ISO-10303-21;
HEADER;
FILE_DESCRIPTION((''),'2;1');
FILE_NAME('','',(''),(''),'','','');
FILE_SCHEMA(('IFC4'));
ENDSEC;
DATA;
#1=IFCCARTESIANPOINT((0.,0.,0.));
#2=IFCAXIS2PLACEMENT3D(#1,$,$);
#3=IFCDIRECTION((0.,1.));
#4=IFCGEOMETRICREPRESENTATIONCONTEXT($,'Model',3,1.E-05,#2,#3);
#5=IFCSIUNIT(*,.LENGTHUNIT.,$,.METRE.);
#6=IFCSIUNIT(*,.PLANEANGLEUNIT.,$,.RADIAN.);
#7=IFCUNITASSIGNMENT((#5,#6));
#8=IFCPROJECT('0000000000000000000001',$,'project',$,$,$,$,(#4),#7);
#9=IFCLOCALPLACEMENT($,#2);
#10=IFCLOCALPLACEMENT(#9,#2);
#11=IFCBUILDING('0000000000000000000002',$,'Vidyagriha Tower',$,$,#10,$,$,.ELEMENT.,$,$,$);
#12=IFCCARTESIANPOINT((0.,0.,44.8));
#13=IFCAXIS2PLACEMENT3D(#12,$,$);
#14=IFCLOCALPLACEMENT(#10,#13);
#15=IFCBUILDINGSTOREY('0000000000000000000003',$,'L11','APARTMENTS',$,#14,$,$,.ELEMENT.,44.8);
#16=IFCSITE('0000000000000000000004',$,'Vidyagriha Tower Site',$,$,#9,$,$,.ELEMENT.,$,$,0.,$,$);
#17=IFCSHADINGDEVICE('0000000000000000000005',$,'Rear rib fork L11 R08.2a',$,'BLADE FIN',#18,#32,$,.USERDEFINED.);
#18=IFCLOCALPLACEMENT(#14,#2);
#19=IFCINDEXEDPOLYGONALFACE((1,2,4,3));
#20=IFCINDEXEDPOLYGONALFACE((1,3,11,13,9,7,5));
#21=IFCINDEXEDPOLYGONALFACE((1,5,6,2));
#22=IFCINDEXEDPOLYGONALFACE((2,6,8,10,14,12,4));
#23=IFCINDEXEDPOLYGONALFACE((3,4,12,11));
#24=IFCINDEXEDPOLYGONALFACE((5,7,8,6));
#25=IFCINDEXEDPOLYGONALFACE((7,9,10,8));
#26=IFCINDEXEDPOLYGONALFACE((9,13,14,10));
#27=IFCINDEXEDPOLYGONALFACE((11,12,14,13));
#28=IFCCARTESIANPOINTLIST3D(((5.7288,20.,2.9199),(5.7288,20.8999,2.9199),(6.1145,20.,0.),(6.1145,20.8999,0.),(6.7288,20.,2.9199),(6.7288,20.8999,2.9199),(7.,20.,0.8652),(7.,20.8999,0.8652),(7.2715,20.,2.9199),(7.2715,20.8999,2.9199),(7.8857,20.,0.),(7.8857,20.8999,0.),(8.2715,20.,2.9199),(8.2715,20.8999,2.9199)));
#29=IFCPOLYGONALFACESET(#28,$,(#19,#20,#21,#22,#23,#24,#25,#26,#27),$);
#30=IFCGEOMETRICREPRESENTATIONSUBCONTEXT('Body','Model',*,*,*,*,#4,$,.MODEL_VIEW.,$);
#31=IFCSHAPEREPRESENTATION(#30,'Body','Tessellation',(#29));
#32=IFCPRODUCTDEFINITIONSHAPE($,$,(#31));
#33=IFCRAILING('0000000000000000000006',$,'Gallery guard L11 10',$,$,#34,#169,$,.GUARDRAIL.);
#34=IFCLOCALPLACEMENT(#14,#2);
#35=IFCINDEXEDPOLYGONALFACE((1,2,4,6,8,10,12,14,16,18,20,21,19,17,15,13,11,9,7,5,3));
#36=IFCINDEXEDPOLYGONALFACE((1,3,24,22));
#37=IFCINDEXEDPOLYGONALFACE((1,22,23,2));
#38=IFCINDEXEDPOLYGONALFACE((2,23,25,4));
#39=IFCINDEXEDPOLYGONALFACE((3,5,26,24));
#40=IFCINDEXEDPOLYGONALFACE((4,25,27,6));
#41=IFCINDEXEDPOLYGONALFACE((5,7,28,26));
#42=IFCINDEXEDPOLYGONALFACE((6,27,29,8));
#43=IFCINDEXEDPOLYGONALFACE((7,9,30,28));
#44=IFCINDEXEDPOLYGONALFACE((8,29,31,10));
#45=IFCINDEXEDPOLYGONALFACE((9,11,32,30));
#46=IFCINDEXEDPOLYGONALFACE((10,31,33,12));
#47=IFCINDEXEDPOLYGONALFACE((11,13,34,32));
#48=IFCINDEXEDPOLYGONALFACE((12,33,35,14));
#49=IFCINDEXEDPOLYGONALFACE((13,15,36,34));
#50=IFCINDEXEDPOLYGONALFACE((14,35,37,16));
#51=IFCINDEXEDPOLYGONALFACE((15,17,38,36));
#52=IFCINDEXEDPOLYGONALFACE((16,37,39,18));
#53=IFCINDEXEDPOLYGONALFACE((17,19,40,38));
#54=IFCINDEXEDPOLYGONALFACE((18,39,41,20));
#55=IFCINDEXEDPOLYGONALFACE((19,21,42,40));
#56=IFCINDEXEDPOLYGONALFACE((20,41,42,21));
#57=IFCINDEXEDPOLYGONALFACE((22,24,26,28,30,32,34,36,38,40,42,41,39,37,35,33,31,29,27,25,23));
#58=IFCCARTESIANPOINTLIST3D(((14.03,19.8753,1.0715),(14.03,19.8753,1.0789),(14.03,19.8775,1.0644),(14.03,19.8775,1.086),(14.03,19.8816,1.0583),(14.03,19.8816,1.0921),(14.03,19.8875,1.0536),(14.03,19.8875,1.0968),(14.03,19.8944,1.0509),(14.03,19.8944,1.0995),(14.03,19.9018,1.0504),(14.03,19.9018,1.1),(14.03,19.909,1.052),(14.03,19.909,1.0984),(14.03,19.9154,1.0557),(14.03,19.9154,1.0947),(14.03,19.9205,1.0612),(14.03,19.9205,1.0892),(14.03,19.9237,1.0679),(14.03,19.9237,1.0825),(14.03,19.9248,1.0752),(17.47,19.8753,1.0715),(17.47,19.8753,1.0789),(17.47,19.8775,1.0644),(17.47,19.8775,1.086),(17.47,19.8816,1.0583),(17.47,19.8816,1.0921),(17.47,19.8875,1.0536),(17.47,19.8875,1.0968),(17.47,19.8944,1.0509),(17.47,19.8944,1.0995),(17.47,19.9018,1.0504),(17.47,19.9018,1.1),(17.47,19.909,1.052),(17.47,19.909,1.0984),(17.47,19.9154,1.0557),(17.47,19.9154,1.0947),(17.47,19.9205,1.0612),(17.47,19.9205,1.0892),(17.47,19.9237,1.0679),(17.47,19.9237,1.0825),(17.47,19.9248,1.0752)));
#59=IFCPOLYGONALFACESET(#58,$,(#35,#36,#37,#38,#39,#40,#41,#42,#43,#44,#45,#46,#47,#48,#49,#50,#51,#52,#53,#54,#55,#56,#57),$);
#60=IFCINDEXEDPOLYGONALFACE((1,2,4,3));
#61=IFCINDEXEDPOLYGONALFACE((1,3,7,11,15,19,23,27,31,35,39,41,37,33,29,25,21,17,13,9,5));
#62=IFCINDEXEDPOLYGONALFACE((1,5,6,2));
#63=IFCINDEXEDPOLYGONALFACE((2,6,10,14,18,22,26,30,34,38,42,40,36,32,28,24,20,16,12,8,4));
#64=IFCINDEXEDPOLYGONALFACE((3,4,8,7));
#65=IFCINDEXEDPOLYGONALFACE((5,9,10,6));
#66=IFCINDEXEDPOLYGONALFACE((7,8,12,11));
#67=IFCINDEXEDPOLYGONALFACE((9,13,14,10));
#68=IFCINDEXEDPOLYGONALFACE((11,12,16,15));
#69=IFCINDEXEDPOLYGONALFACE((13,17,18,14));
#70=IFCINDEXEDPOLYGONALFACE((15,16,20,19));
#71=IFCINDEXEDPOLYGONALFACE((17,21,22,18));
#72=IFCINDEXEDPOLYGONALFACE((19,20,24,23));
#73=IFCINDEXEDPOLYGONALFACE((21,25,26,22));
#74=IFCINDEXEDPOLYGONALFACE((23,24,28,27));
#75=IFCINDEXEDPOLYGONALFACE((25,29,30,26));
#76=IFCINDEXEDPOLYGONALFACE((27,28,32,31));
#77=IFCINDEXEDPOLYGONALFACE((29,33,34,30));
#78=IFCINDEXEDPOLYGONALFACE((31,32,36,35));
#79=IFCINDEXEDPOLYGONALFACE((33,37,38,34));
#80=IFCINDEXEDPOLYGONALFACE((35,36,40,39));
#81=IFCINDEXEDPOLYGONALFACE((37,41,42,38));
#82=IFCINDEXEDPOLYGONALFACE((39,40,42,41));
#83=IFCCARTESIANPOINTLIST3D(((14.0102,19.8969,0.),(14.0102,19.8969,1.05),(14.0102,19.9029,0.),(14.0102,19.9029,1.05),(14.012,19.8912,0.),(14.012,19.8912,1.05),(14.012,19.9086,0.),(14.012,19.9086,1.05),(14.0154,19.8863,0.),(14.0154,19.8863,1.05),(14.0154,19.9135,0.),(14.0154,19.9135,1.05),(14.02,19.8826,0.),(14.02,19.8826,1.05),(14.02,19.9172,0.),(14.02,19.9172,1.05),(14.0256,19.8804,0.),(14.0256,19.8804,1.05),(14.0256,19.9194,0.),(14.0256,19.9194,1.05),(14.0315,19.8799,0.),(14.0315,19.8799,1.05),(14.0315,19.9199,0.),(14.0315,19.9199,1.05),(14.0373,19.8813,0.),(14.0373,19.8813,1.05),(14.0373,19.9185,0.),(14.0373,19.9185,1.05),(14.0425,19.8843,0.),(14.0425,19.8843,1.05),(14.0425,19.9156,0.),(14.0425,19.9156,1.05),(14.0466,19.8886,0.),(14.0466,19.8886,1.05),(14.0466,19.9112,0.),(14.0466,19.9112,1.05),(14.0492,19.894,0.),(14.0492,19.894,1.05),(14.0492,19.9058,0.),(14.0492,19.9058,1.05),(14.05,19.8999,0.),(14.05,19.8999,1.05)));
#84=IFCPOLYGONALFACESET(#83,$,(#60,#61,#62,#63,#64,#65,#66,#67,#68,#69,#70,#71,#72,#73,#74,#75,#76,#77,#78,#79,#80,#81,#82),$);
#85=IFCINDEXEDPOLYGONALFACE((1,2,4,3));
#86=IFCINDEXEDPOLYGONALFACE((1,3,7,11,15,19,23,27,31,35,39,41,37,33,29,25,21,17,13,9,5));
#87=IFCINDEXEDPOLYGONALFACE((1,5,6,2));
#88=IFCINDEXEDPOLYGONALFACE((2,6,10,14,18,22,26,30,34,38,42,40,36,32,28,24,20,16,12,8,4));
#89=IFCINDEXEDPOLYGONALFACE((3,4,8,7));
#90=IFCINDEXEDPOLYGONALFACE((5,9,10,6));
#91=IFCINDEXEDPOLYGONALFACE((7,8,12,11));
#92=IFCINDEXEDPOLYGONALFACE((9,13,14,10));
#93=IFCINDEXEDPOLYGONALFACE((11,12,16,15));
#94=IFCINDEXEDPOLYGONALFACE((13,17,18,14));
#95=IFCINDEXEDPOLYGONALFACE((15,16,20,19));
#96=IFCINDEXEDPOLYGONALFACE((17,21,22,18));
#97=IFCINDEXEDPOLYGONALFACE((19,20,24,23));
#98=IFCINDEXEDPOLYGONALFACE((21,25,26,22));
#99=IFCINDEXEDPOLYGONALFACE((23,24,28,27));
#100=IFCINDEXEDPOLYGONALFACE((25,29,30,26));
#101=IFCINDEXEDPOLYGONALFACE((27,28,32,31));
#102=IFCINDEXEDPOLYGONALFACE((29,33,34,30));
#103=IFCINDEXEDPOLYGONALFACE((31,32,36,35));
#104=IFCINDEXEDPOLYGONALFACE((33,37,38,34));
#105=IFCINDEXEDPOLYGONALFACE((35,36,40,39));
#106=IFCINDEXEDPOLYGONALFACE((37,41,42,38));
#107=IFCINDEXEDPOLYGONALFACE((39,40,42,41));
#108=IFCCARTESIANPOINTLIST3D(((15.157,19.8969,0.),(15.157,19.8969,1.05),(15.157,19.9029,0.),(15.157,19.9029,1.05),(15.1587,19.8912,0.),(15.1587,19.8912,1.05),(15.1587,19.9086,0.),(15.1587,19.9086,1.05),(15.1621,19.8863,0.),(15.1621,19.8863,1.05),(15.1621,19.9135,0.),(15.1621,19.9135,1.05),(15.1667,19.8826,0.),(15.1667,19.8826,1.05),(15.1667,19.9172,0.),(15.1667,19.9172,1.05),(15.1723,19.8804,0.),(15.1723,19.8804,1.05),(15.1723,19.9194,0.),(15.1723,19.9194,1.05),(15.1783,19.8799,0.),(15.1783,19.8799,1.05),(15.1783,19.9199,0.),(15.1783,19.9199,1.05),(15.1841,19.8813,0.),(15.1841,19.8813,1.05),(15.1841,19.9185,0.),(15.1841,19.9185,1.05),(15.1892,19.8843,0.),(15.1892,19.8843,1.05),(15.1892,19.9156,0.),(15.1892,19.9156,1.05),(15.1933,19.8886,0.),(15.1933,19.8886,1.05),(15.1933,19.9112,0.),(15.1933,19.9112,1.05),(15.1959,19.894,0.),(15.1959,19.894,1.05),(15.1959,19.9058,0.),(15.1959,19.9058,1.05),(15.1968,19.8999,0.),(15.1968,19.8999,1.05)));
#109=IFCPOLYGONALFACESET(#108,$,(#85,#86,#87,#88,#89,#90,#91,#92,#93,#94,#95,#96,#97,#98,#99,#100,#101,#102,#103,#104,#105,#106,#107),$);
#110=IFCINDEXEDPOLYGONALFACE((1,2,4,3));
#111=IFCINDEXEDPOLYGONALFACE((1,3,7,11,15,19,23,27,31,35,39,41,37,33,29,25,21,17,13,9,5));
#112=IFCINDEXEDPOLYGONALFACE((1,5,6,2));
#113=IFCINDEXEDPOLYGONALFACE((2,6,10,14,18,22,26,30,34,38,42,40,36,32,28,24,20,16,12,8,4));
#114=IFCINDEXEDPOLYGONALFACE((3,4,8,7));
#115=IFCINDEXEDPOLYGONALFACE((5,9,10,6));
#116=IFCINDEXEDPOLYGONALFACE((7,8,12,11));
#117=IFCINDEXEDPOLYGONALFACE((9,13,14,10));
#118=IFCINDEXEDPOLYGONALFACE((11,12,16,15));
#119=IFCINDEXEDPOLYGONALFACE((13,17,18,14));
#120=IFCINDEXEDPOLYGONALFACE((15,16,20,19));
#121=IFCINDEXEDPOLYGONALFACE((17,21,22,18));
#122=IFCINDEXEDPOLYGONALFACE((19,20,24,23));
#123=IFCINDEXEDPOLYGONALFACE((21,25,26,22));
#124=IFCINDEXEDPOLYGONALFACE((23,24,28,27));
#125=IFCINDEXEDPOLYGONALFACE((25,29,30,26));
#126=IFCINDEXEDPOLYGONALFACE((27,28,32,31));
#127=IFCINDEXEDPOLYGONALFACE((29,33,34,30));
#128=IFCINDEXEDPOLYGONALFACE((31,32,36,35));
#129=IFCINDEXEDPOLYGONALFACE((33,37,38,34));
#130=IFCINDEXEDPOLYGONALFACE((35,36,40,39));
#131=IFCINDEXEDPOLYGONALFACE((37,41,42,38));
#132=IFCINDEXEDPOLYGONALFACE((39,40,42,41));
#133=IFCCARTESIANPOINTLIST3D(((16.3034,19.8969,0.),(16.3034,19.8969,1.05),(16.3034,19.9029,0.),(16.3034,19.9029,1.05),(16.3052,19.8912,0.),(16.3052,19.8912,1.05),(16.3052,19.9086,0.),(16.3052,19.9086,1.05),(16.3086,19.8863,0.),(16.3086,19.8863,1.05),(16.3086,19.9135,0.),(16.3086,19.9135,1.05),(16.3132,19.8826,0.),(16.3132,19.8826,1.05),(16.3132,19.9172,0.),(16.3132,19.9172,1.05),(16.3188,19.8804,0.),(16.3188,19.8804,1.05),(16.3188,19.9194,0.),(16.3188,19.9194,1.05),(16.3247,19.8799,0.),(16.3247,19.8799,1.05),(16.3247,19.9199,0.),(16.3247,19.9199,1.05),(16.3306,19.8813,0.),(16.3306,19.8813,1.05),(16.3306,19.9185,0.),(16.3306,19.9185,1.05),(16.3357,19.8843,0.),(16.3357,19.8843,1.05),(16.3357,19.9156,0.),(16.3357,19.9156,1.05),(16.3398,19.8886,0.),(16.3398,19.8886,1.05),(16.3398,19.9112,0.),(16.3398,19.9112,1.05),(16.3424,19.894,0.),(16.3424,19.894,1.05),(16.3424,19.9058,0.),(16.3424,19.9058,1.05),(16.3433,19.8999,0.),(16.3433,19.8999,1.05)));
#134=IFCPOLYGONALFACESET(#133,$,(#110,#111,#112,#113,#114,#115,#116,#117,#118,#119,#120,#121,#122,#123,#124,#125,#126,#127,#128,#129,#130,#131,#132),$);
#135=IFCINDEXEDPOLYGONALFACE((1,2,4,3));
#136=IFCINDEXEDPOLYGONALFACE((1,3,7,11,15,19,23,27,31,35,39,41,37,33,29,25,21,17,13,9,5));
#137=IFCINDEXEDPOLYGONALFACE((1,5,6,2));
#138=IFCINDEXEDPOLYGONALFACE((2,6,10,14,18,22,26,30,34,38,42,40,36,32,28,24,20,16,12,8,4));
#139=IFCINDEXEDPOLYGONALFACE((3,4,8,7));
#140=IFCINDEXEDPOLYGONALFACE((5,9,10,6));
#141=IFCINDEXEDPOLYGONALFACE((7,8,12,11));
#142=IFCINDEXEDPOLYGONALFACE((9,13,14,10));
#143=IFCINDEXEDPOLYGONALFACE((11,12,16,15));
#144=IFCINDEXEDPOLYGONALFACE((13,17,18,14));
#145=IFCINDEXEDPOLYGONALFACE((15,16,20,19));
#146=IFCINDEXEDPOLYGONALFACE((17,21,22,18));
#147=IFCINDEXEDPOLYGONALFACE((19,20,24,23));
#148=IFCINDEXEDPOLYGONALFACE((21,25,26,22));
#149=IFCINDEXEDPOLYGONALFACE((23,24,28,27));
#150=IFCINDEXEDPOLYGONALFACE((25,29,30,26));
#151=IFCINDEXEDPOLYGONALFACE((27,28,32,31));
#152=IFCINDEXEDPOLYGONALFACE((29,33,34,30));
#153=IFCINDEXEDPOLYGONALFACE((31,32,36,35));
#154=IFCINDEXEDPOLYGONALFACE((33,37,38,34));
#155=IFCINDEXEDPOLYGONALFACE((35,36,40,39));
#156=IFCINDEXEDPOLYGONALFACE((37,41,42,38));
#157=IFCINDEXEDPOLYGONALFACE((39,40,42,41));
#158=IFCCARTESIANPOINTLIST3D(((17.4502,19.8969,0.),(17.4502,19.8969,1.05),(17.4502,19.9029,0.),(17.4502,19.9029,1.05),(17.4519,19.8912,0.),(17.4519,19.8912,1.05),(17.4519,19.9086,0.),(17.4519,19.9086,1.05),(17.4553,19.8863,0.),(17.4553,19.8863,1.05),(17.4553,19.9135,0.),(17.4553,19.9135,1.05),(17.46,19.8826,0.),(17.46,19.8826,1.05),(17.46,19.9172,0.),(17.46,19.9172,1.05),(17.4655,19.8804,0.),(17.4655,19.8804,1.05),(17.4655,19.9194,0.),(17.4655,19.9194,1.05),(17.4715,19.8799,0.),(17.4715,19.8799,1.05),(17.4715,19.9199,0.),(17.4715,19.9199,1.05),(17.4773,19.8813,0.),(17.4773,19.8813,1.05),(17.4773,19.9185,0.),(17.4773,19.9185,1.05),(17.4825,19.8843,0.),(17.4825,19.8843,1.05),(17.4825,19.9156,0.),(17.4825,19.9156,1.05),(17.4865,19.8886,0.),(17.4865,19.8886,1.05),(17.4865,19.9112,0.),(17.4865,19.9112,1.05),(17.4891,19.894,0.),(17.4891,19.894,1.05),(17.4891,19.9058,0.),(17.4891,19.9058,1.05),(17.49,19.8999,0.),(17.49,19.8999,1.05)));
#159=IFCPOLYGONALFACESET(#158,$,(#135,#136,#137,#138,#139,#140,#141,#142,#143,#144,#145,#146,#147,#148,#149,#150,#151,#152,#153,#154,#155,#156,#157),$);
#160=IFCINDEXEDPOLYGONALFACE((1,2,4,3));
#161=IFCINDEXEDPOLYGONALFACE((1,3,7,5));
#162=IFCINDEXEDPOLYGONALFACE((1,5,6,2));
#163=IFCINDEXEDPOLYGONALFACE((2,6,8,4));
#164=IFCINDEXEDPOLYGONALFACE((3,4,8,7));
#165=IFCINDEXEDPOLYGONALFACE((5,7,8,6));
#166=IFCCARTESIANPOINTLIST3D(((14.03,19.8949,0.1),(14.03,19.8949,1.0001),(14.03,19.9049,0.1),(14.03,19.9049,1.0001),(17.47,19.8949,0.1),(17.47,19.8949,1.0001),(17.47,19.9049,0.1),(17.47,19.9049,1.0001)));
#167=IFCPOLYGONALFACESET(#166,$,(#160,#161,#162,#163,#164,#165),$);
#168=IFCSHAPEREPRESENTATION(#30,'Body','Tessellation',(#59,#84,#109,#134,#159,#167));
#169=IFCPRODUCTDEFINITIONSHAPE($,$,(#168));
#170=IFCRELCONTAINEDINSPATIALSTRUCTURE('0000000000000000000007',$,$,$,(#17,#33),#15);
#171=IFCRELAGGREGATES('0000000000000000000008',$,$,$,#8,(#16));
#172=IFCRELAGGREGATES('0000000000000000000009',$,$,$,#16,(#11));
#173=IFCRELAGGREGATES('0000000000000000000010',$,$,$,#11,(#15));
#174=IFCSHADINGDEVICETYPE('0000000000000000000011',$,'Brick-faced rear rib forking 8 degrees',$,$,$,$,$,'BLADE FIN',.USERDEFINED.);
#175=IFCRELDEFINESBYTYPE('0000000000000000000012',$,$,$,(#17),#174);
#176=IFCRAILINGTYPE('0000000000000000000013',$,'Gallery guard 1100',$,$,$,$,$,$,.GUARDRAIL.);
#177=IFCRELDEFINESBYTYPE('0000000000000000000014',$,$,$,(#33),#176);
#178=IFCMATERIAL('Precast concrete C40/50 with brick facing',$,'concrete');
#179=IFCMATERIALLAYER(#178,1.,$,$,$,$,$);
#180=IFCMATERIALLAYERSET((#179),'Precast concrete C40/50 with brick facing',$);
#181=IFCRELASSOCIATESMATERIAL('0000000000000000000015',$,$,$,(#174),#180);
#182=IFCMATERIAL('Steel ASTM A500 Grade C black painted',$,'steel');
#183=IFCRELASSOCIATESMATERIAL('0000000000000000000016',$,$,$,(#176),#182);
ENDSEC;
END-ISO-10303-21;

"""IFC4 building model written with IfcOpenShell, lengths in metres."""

from ifc_helpers import new_model, si_unit, direction, frame, origin, origin_2d, place, context, subcontext, project, spatial, polyline, rectangle, circle, outline, extrude, material, layer, layer_set, type_object, element, save


model = new_model("IFC4")

# Units and contexts
model_context = context("Model", 3, precision=1e-05, world=origin(), true_north=direction((0.0, 1.0)))
body_context = subcontext(model_context, "Body", "Model", "MODEL_VIEW")
ifc_project = project(units=[si_unit("LENGTHUNIT", "METRE"), si_unit("PLANEANGLEUNIT", "RADIAN")], contexts=[model_context])

# Site, building, storey
site_placement = place(None, origin())
site = spatial("IfcSite", under=ifc_project, at=site_placement, Name="Vidyagriha Tower Site", CompositionType="ELEMENT", RefElevation=0.0)
building_placement = place(site_placement, origin())
building = spatial("IfcBuilding", under=site, at=building_placement, Name="Vidyagriha Tower", CompositionType="ELEMENT")
storey_placement = place(building_placement, frame((0.0, 0.0, 44.8)))
storey = spatial("IfcBuildingStorey", under=building, at=storey_placement, Name="L11", Description="APARTMENTS", CompositionType="ELEMENT", Elevation=44.8)

# Shading device
ifc_material_1 = material(Name="Precast concrete C40/50 with brick facing", Category="concrete")
ifc_layer_1 = layer(ifc_material_1, 1.0)
ifc_layer_set_1 = layer_set([ifc_layer_1], Name="Precast concrete C40/50 with brick facing")
shading_device_type_1 = type_object("IfcShadingDeviceType", Name="Brick-faced rear rib forking 8 degrees", ElementType="BLADE FIN", PredefinedType="USERDEFINED", material=ifc_layer_set_1)
shading_device_1_placement = place(storey_placement, frame((8.2715, 20.45, 0.0), z_axis=(0.0, 0.0, 1.0), x_axis=(-1.0, 0.0, 0.0)))
element("IfcShadingDevice", 1, at=shading_device_1_placement, inside=storey, type_object=shading_device_type_1, Name="Rear rib fork L11 R08.2a", ObjectType="BLADE FIN", PredefinedType="USERDEFINED", context=body_context, shape_type="SweptSolid", body=[
    extrude(outline(polyline([(0.3857, 0.0), (2.157, 0.0), (2.5427, 2.9199), (1.5427, 2.9199), (1.2715, 0.8652), (1.0, 2.9199), (0.0, 2.9199), (0.3857, 0.0)])), frame((0.0, 0.45, 0.0), z_axis=(0.0, -1.0, 0.0), x_axis=(1.0, 0.0, 0.0)), (0.0, 0.0, 1.0), 0.8999),
])

# Railing
ifc_material_2 = material(Name="Steel ASTM A500 Grade C black painted", Category="steel")
railing_type = type_object("IfcRailingType", Name="Gallery guard 1100", PredefinedType="GUARDRAIL", material=ifc_material_2)
railing_1_placement = place(storey_placement, frame((14.03, 19.8999, 0.0)))
element("IfcRailing", 2, at=railing_1_placement, inside=storey, type_object=railing_type, Name="Gallery guard L11 10", PredefinedType="GUARDRAIL", context=body_context, shape_type="SweptSolid", body=[
    extrude(circle(Radius=0.0249, at=origin_2d()), frame((0.0, 0.0, 1.0752), z_axis=(1.0, 0.0, 0.0), x_axis=(0.0, 1.0, 0.0)), (0.0, 0.0, 1.0), 3.4399),
    extrude(circle(Radius=0.02, at=origin_2d()), origin(), (0.0, 0.0, 1.0), 1.05),
    extrude(circle(Radius=0.02, at=origin_2d()), frame((1.1467, 0.0, 0.0)), (0.0, 0.0, 1.0), 1.05),
    extrude(circle(Radius=0.02, at=origin_2d()), frame((2.2932, 0.0, 0.0)), (0.0, 0.0, 1.0), 1.05),
    extrude(circle(Radius=0.02, at=origin_2d()), frame((3.4399, 0.0, 0.0)), (0.0, 0.0, 1.0), 1.05),
    extrude(rectangle(XDim=0.01, YDim=0.9001, at=origin_2d()), frame((0.0, 0.0, 0.55), z_axis=(1.0, 0.0, 0.0), x_axis=(0.0, 1.0, 0.0)), (0.0, 0.0, 1.0), 3.4399),
])

save(model, "model.ifc")
